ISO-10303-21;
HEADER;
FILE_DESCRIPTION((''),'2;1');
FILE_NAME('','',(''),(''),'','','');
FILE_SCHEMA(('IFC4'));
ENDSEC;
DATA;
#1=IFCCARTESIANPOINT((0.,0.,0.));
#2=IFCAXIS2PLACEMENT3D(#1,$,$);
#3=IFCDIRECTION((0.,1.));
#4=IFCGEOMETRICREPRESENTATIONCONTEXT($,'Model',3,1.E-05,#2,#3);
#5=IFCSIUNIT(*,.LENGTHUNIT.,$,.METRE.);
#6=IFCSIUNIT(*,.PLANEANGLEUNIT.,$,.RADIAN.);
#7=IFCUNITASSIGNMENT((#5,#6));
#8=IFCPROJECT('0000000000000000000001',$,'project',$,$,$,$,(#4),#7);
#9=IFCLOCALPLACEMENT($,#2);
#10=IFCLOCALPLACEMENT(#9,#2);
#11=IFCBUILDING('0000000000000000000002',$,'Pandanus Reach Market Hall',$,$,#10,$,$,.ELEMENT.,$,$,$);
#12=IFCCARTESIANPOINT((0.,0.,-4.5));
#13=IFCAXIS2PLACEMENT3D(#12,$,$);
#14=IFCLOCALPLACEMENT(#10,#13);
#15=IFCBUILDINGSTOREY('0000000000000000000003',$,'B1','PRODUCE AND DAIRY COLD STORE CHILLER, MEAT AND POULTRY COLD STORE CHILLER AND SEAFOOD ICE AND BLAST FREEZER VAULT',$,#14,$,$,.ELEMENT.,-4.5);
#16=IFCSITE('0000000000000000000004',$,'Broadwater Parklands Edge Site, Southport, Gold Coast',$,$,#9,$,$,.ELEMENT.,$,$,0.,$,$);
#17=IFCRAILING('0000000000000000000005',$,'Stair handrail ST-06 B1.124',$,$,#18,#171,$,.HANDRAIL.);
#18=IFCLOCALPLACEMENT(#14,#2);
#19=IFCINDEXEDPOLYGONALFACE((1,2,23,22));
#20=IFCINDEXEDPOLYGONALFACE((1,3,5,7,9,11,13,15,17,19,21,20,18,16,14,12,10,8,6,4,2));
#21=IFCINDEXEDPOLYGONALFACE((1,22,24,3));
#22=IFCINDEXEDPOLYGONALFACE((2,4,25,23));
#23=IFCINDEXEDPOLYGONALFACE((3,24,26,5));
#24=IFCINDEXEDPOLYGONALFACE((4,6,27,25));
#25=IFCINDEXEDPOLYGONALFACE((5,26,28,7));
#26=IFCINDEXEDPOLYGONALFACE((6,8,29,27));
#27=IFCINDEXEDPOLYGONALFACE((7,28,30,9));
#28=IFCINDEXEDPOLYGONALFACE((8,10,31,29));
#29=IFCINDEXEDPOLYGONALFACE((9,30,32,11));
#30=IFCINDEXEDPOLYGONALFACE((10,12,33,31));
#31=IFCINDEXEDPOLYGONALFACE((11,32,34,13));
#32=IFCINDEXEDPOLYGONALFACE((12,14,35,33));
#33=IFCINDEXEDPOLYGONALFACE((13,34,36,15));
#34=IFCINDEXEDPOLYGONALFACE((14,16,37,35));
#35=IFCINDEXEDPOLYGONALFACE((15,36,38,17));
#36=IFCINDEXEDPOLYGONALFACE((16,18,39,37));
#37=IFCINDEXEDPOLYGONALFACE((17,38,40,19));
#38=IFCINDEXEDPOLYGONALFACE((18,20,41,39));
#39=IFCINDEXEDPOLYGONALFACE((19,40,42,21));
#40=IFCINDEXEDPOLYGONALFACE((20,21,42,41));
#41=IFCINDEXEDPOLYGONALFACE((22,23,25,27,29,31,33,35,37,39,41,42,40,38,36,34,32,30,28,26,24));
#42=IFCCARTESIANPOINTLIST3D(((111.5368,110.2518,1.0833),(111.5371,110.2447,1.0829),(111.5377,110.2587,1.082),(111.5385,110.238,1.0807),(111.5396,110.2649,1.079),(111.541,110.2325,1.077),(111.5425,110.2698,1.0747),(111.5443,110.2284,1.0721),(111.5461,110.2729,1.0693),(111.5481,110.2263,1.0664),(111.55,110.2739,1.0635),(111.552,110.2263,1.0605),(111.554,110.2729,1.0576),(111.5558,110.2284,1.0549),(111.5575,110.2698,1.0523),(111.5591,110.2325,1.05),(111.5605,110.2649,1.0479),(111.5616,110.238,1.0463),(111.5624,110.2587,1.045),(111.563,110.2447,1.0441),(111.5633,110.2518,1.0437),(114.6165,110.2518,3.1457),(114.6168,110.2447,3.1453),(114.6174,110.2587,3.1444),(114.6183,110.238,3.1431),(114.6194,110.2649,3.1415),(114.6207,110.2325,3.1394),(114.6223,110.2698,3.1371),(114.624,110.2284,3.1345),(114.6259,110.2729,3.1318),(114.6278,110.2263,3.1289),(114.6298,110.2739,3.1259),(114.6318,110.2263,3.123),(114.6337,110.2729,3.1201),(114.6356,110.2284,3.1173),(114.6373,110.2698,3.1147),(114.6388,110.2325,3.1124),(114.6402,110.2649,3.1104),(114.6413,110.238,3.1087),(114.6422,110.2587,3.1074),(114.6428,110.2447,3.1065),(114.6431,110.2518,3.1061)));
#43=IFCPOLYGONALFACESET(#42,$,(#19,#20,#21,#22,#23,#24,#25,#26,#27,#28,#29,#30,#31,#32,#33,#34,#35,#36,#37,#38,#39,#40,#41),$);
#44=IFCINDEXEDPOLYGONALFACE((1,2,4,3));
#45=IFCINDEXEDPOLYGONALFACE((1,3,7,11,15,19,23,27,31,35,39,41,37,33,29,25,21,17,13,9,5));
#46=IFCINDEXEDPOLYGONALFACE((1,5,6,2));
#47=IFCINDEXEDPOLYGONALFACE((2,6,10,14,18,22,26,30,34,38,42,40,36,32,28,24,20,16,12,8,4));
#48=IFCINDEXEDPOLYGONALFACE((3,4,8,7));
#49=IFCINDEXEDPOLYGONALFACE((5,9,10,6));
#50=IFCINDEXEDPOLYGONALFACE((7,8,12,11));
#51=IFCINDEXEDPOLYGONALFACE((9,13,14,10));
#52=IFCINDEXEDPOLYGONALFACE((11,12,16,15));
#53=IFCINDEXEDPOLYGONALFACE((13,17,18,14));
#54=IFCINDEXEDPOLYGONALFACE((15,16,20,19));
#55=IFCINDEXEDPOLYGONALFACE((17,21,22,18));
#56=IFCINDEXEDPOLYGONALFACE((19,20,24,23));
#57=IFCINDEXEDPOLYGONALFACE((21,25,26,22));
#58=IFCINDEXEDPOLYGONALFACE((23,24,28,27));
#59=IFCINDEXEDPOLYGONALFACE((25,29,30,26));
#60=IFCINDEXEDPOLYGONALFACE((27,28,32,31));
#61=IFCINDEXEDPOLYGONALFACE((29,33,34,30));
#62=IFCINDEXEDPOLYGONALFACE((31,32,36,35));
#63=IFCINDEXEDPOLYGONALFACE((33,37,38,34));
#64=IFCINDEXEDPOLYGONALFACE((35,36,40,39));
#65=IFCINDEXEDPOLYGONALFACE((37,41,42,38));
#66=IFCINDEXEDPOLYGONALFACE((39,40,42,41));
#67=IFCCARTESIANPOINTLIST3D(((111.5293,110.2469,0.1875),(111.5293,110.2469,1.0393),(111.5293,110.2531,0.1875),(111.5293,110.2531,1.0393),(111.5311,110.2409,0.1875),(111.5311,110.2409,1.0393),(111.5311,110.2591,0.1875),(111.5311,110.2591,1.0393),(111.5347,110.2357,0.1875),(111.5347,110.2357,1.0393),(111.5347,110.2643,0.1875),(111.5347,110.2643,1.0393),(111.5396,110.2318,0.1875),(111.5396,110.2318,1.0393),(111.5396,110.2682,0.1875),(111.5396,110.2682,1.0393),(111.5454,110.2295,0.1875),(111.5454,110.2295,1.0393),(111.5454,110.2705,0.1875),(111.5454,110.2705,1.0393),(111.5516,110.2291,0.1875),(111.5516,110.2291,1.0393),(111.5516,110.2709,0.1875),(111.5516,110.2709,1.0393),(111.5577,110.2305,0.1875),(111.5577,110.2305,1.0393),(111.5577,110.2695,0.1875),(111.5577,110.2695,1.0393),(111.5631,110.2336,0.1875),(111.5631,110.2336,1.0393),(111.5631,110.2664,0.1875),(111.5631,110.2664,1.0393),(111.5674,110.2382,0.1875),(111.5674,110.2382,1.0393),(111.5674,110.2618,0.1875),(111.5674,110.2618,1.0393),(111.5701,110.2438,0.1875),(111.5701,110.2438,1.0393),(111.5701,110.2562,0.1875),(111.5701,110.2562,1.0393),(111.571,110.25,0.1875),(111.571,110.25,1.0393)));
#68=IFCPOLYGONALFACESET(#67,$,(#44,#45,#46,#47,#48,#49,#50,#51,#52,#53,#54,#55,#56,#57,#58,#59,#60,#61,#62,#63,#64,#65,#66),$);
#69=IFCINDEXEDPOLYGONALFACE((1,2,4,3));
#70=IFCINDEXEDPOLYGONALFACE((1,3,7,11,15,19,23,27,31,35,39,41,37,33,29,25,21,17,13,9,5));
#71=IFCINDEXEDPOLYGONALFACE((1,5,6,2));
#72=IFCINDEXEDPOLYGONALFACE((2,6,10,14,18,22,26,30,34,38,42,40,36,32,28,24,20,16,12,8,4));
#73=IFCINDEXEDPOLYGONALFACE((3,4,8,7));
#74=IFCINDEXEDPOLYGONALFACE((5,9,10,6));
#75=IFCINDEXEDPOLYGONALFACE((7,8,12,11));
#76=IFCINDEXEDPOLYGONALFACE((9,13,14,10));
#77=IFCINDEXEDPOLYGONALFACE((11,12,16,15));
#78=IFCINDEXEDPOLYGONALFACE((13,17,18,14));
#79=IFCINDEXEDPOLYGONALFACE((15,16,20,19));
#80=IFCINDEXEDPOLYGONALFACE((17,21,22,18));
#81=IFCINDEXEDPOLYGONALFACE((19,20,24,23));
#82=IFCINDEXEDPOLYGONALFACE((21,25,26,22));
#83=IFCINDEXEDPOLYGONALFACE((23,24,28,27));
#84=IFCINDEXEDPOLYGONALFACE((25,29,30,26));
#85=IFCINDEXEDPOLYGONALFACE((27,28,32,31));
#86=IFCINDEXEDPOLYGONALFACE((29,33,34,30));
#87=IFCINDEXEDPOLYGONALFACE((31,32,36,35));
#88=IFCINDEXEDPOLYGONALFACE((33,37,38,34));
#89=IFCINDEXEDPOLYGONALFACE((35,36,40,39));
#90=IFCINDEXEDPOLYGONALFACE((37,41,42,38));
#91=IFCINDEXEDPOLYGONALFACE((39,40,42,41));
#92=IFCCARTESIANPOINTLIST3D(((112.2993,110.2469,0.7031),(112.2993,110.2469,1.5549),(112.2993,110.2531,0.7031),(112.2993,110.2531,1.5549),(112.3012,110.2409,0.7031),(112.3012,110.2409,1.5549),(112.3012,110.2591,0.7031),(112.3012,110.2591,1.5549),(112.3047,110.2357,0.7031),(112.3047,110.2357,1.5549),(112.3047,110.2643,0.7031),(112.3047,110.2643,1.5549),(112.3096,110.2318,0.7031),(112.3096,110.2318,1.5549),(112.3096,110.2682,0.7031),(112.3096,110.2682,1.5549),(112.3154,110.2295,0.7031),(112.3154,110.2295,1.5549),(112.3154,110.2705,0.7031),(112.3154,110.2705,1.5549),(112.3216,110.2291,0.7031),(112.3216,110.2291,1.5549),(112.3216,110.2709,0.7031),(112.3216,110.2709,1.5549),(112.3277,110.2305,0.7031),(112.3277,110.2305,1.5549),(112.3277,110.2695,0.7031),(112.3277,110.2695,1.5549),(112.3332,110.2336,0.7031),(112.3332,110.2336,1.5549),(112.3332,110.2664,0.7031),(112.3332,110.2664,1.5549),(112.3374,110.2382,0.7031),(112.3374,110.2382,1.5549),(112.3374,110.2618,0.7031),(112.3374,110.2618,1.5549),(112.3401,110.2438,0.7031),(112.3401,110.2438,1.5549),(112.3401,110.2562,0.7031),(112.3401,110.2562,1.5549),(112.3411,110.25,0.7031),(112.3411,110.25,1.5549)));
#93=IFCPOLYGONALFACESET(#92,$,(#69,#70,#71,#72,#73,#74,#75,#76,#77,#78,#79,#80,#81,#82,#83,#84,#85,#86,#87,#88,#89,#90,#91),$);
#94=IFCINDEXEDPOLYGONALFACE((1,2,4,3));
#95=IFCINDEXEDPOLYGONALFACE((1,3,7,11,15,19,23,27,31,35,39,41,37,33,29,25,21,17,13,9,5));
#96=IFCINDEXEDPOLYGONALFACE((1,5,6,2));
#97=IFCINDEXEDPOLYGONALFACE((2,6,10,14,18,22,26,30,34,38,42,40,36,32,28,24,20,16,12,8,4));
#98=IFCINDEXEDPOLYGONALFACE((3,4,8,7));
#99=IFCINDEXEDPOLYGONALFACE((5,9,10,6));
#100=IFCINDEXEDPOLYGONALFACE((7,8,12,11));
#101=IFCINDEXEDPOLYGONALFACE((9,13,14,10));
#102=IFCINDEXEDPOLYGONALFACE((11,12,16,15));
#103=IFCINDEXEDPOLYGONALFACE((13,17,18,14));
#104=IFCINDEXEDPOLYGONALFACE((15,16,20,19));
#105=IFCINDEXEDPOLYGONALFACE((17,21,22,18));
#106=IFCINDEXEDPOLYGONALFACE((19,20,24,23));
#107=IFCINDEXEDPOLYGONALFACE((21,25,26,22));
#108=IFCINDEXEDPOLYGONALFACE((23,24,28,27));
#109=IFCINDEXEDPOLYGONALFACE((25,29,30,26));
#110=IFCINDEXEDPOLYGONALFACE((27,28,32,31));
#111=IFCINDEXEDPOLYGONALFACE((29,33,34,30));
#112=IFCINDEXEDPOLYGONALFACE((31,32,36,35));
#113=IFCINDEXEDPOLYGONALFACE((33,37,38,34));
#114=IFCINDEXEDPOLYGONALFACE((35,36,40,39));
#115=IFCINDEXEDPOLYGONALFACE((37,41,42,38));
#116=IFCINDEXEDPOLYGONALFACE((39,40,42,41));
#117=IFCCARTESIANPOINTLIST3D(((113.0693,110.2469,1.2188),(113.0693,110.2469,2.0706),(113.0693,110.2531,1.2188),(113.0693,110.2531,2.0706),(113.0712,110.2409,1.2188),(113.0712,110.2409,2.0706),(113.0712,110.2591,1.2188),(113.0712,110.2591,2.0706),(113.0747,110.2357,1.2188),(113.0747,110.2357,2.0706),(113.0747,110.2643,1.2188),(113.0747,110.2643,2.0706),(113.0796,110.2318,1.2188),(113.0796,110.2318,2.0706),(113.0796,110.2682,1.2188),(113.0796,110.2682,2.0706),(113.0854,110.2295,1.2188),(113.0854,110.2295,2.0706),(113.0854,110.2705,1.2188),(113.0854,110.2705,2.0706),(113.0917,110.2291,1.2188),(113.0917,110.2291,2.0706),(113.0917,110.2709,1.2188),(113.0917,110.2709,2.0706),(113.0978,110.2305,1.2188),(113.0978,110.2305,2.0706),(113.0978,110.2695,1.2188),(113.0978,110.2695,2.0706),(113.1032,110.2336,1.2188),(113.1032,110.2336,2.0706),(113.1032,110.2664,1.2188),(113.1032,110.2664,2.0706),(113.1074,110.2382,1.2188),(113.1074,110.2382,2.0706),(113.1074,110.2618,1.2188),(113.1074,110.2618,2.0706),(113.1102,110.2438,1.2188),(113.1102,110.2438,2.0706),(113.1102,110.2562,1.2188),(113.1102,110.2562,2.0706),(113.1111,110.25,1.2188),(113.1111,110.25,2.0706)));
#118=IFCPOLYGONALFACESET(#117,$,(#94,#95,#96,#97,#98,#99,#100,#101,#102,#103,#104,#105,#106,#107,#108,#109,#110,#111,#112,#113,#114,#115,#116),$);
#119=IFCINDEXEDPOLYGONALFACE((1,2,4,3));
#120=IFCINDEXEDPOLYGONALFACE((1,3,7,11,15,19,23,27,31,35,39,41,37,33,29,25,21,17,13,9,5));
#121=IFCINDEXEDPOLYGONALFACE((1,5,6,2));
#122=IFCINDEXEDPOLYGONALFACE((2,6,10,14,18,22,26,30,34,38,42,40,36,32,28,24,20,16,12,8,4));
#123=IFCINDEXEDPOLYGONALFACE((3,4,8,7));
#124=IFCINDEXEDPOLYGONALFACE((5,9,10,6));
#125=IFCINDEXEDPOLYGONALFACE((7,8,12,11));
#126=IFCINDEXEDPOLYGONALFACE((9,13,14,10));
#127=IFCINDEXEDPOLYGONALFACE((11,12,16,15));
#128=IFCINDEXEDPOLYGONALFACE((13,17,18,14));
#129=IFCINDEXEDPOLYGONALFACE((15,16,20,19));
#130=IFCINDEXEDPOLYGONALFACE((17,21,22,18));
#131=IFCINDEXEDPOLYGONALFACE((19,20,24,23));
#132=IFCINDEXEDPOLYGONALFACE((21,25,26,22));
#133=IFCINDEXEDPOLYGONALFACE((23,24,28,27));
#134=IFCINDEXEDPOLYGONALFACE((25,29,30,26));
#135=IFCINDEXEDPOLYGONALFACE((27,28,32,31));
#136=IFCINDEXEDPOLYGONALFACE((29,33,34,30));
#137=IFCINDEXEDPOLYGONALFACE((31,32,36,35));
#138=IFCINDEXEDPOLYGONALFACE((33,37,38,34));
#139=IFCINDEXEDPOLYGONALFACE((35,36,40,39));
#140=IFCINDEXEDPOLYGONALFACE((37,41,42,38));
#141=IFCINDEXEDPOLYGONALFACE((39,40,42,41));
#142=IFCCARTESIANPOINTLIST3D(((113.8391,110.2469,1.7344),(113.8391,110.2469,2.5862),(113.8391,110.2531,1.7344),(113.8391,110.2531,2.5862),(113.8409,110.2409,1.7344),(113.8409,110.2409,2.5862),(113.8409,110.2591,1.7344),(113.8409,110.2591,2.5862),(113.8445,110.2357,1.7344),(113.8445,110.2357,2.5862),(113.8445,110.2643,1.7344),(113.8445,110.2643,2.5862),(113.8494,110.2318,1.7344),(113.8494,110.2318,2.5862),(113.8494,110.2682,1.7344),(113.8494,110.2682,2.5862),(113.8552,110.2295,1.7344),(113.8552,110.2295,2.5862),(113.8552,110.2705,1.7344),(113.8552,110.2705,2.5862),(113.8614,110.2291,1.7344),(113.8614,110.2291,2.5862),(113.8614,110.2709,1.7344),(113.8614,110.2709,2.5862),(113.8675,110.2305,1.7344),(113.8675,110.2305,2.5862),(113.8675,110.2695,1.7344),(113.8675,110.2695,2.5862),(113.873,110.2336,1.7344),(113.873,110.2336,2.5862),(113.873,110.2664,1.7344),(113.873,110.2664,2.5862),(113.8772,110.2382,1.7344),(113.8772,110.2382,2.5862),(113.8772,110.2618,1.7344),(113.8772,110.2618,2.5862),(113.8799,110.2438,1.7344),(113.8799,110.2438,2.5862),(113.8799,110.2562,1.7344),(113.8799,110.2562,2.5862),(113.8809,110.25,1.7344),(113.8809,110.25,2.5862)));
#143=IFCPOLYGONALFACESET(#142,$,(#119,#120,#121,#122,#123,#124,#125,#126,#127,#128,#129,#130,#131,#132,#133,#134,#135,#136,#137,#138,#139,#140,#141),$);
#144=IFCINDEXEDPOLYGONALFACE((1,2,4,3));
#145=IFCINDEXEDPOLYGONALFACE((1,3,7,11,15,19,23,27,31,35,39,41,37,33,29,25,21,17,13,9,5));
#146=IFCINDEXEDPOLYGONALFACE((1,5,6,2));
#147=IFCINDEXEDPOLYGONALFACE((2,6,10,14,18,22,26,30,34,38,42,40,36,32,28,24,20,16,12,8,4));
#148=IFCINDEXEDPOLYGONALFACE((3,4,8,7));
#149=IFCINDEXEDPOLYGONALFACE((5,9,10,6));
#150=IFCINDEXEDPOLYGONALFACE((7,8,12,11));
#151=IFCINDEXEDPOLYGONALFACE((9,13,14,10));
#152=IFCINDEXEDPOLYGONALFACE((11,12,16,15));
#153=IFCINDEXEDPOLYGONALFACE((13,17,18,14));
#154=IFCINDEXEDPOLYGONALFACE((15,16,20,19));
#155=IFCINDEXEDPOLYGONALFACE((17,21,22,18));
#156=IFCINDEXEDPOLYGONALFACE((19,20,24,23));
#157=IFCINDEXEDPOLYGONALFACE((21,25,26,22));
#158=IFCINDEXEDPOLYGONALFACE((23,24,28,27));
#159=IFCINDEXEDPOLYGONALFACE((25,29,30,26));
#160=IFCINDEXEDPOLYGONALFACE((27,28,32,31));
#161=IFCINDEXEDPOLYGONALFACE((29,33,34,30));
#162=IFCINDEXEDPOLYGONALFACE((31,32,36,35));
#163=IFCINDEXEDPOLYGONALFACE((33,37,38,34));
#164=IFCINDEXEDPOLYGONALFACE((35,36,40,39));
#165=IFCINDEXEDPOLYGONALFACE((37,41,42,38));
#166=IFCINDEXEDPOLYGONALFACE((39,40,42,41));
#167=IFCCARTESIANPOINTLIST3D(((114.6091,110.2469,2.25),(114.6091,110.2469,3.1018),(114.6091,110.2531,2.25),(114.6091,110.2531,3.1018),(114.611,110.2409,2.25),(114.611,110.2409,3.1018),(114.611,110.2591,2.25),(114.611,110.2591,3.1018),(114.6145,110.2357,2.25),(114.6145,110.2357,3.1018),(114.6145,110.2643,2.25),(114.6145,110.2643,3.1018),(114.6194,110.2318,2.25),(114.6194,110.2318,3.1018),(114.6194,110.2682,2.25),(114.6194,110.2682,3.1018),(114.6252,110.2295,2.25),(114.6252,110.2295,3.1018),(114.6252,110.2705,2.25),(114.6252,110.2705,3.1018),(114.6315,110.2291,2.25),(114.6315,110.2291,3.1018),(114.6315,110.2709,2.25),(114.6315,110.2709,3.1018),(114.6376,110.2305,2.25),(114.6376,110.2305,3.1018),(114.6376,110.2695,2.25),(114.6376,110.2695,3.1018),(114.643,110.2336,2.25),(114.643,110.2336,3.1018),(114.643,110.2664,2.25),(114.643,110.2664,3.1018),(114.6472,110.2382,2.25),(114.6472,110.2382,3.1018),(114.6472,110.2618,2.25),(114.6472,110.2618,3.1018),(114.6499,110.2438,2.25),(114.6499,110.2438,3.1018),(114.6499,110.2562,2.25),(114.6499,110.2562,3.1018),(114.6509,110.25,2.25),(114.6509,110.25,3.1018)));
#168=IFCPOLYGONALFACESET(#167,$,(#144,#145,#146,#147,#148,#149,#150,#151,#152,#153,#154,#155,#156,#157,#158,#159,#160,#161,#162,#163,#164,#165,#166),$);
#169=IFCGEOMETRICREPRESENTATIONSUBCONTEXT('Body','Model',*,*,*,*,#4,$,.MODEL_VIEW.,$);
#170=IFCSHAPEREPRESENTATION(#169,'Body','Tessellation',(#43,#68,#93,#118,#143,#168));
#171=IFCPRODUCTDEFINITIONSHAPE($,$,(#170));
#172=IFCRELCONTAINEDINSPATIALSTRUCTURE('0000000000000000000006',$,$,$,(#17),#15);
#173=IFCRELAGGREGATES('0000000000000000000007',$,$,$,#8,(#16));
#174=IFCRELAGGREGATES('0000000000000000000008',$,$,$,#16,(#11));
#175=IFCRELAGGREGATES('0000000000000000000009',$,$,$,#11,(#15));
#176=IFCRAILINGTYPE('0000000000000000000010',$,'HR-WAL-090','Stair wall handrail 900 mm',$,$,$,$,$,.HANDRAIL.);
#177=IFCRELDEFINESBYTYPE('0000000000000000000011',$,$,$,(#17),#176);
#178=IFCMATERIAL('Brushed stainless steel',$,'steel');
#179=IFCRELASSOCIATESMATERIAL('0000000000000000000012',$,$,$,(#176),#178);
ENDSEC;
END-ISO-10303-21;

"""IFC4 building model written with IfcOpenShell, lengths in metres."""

from ifc_helpers import new_model, si_unit, direction, frame, origin, origin_2d, place, context, subcontext, project, spatial, circle, extrude, material, type_object, element, save


model = new_model("IFC4")

# Units and contexts
model_context = context("Model", 3, precision=1e-05, world=origin(), true_north=direction((0.0, 1.0)))
body_context = subcontext(model_context, "Body", "Model", "MODEL_VIEW")
ifc_project = project(units=[si_unit("LENGTHUNIT", "METRE"), si_unit("PLANEANGLEUNIT", "RADIAN")], contexts=[model_context])

# Site, building, storey
site_placement = place(None, origin())
site = spatial("IfcSite", under=ifc_project, at=site_placement, Name="Broadwater Parklands Edge Site, Southport, Gold Coast", CompositionType="ELEMENT", RefElevation=0.0)
building_placement = place(site_placement, origin())
building = spatial("IfcBuilding", under=site, at=building_placement, Name="Pandanus Reach Market Hall", CompositionType="ELEMENT")
storey_placement = place(building_placement, frame((0.0, 0.0, -4.5)))
storey = spatial("IfcBuildingStorey", under=building, at=storey_placement, Name="B1", Description="PRODUCE AND DAIRY COLD STORE CHILLER, MEAT AND POULTRY COLD STORE CHILLER AND SEAFOOD ICE AND BLAST FREEZER VAULT", CompositionType="ELEMENT", Elevation=-4.5)

# Railing
ifc_material_1 = material(Name="Brushed stainless steel", Category="steel")
railing_type_1 = type_object("IfcRailingType", Name="HR-WAL-090", Description="Stair wall handrail 900 mm", PredefinedType="HANDRAIL", material=ifc_material_1)
railing_1_placement = place(storey_placement, frame((111.55, 110.25, 0.1875)))
element("IfcRailing", 1, at=railing_1_placement, inside=storey, type_object=railing_type_1, Name="Stair handrail ST-06 B1.124", PredefinedType="HANDRAIL", context=body_context, shape_type="SweptSolid", body=[
    extrude(circle(Radius=0.0239, at=origin_2d()), frame((0.0, 0.0, 0.876), z_axis=(0.830893, 0.0, 0.556432), x_axis=(0.0, 1.0, 0.0)), (0.0, 0.0, 1.0), 3.7065),
    extrude(circle(Radius=0.021, at=origin_2d()), origin(), (0.0, 0.0, 1.0), 0.8518),
    extrude(circle(Radius=0.021, at=origin_2d()), frame((0.77, 0.0, 0.5156)), (0.0, 0.0, 1.0), 0.8518),
    extrude(circle(Radius=0.021, at=origin_2d()), frame((1.54, 0.0, 1.0312)), (0.0, 0.0, 1.0), 0.8518),
    extrude(circle(Radius=0.021, at=origin_2d()), frame((2.3098, 0.0, 1.5469)), (0.0, 0.0, 1.0), 0.8518),
    extrude(circle(Radius=0.021, at=origin_2d()), frame((3.0798, 0.0, 2.0625)), (0.0, 0.0, 1.0), 0.8518),
])

save(model, "model.ifc")
